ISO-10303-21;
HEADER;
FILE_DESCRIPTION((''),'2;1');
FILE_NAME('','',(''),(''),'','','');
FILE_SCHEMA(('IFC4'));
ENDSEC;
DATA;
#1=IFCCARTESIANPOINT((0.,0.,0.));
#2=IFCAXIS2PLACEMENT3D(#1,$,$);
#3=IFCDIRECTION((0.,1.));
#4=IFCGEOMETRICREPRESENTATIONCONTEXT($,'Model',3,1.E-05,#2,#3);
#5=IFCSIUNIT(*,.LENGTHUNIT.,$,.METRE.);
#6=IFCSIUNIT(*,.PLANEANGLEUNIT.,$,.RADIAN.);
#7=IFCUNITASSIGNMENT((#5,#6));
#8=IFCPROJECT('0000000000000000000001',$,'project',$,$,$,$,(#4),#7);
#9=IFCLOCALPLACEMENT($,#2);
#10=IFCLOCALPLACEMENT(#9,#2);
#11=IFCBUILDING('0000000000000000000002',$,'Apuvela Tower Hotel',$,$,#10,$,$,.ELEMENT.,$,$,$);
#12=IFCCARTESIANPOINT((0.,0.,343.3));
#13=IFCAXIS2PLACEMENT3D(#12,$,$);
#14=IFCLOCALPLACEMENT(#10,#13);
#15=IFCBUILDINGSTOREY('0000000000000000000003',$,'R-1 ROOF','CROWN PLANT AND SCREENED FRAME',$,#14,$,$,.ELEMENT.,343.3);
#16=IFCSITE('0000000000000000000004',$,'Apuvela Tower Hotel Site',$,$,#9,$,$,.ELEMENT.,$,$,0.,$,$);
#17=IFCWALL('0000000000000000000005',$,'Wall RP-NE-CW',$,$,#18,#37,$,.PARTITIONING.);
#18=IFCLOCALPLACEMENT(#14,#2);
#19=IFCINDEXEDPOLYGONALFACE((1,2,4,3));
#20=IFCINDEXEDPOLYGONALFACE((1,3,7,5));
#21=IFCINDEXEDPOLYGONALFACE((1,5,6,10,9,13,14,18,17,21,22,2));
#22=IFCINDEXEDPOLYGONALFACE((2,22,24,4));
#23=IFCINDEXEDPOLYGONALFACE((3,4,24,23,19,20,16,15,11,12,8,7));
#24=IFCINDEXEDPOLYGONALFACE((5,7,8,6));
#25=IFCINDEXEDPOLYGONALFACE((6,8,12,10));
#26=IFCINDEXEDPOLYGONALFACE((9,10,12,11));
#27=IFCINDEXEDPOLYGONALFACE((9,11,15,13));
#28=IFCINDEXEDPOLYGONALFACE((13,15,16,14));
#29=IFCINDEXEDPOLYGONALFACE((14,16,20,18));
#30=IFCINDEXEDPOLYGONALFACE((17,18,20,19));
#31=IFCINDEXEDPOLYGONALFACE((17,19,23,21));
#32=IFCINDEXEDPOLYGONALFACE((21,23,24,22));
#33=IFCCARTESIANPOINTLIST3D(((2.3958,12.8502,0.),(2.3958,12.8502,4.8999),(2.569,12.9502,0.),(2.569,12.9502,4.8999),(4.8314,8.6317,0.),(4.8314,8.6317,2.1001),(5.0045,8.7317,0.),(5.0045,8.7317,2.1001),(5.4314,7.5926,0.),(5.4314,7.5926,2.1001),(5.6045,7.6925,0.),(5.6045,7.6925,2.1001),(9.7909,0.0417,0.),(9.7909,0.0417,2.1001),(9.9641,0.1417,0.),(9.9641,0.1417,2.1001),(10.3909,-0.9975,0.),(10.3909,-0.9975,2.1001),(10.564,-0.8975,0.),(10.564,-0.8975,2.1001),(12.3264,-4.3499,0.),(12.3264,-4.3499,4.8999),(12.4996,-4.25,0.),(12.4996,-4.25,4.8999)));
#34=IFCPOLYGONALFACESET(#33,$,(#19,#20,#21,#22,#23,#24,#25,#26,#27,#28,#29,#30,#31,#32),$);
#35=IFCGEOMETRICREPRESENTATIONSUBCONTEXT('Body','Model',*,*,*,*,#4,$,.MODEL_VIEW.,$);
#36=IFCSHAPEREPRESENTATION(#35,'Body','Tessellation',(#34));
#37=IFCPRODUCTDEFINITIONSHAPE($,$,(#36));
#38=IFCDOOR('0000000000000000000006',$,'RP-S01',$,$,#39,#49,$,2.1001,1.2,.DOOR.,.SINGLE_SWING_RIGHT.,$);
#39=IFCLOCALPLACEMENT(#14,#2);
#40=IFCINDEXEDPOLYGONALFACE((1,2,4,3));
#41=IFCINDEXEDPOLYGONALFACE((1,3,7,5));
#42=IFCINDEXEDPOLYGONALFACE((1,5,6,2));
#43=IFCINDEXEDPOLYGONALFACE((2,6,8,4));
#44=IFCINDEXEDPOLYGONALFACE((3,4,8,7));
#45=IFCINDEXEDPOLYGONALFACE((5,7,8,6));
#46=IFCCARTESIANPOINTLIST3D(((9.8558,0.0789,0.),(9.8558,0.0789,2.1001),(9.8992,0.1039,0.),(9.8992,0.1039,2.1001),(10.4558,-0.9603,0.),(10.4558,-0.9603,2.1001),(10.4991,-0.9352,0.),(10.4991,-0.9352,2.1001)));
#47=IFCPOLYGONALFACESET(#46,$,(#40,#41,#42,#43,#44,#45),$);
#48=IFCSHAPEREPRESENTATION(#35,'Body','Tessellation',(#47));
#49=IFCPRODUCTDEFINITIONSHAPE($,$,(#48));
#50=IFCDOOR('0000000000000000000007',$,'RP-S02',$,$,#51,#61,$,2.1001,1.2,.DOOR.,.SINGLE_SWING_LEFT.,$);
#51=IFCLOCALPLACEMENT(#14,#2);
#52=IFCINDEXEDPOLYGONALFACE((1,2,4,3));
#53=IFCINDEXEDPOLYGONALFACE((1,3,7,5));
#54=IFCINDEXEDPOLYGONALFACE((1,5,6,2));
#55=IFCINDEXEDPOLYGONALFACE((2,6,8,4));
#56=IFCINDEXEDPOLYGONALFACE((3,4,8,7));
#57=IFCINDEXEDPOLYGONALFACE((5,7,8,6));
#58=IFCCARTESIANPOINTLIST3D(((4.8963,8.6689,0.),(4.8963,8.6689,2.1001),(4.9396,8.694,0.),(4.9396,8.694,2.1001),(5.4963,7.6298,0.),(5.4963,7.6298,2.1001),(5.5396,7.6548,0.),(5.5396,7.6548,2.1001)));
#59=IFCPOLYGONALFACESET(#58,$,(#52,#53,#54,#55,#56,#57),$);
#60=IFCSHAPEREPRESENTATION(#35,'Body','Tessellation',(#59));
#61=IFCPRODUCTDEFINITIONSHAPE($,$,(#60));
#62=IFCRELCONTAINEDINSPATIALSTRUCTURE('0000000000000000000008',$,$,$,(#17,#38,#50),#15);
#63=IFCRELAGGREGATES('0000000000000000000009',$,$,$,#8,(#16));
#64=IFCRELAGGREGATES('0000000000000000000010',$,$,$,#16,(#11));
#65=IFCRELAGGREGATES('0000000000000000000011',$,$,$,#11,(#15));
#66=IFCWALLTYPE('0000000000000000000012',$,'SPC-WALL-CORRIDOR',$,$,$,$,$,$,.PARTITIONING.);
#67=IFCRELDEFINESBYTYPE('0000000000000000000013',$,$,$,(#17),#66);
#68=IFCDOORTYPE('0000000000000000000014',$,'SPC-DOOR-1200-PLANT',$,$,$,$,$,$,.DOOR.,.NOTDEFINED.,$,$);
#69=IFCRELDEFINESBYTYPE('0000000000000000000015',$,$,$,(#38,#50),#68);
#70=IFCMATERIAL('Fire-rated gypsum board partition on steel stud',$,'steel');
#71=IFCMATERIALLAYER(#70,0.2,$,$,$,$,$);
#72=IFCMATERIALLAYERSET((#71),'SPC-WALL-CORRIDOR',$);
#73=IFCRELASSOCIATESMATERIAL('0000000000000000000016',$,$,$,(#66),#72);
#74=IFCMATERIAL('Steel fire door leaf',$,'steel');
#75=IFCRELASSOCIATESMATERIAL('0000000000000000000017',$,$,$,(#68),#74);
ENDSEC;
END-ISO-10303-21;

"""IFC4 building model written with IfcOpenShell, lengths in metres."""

from ifc_helpers import new_model, si_unit, direction, frame, frame_2d, origin, place, context, subcontext, project, spatial, rectangle, extrude, material, layer, layer_set, type_object, element, fill, save


model = new_model("IFC4")

# Units and contexts
model_context = context("Model", 3, precision=1e-05, world=origin(), true_north=direction((0.0, 1.0)))
body_context = subcontext(model_context, "Body", "Model", "MODEL_VIEW")
ifc_project = project(units=[si_unit("LENGTHUNIT", "METRE"), si_unit("PLANEANGLEUNIT", "RADIAN")], contexts=[model_context])

# Site, building, storey
site_placement = place(None, origin())
site = spatial("IfcSite", under=ifc_project, at=site_placement, Name="Apuvela Tower Hotel Site", CompositionType="ELEMENT", RefElevation=0.0)
building_placement = place(site_placement, origin())
building = spatial("IfcBuilding", under=site, at=building_placement, Name="Apuvela Tower Hotel", CompositionType="ELEMENT")
storey_placement = place(building_placement, frame((0.0, 0.0, 343.3)))
storey = spatial("IfcBuildingStorey", under=building, at=storey_placement, Name="R-1 ROOF", Description="CROWN PLANT AND SCREENED FRAME", CompositionType="ELEMENT", Elevation=343.3)

# Wall, openings, doors
ifc_material_1 = material(Name="Fire-rated gypsum board partition on steel stud", Category="steel")
ifc_layer_1 = layer(ifc_material_1, 0.2)
ifc_layer_set_1 = layer_set([ifc_layer_1], Name="SPC-WALL-CORRIDOR")
wall_type_1 = type_object("IfcWallType", Name="SPC-WALL-CORRIDOR", PredefinedType="PARTITIONING", material=ifc_layer_set_1)
wall_1_placement = place(storey_placement, frame((12.4131, -4.3, 0.0), z_axis=(0.0, 0.0, 1.0), x_axis=(-0.500005, 0.866023, 0.0)))
wall_1 = element("IfcWall", 1, at=wall_1_placement, inside=storey, type_object=wall_type_1, Name="Wall RP-NE-CW", PredefinedType="PARTITIONING", context=body_context, shape_type="SweptSolid", body=[
    extrude(rectangle(XDim=19.8611, YDim=0.2, at=frame_2d((9.9307, 0.0))), origin(), (0.0, 0.0, 1.0), 4.8999),
])
opening_1_placement = place(wall_1_placement, frame((3.8711, 0.0, 0.0)))
opening_1 = element("IfcOpeningElement", 2, at=opening_1_placement, cuts=wall_1, PredefinedType="OPENING", context=body_context, shape_type="SweptSolid", body=[
    extrude(rectangle(XDim=1.2, YDim=2.1001, at=frame_2d((0.6001, 1.05))), frame((0.0, 0.1099, 0.0), z_axis=(0.0, -1.0, 0.0), x_axis=(1.0, 0.0, 0.0)), (0.0, 0.0, 1.0), 0.22),
])
opening_2_placement = place(wall_1_placement, frame((13.79, 0.0, 0.0)))
opening_2 = element("IfcOpeningElement", 3, at=opening_2_placement, cuts=wall_1, PredefinedType="OPENING", context=body_context, shape_type="SweptSolid", body=[
    extrude(rectangle(XDim=1.2, YDim=2.1001, at=frame_2d((0.6001, 1.05))), frame((0.0, 0.1099, 0.0), z_axis=(0.0, -1.0, 0.0), x_axis=(1.0, 0.0, 0.0)), (0.0, 0.0, 1.0), 0.22),
])
ifc_material_2 = material(Name="Steel fire door leaf", Category="steel")
door_type_1 = type_object("IfcDoorType", Name="SPC-DOOR-1200-PLANT", OperationType="NOTDEFINED", PredefinedType="DOOR", material=ifc_material_2)
door_1_placement = place(opening_1_placement, frame((1.2, 0.0, 0.0), z_axis=(0.0, 0.0, 1.0), x_axis=(-1.0, 0.0, 0.0)))
door_1 = element("IfcDoor", 4, at=door_1_placement, inside=storey, type_object=door_type_1, Name="RP-S01", OperationType="SINGLE_SWING_RIGHT", OverallHeight=2.1001, OverallWidth=1.2, PredefinedType="DOOR", context=body_context, shape_type="SweptSolid", body=[
    extrude(rectangle(XDim=1.2, YDim=2.1001, at=frame_2d((0.6001, 1.05))), frame((0.0, 0.0249, 0.0), z_axis=(0.0, -1.0, 0.0), x_axis=(1.0, 0.0, 0.0)), (0.0, 0.0, 1.0), 0.05),
])
fill(opening_1, door_1)
door_2_placement = place(opening_2_placement, frame((1.2, 0.0, 0.0), z_axis=(0.0, 0.0, 1.0), x_axis=(-1.0, 0.0, 0.0)))
door_2 = element("IfcDoor", 5, at=door_2_placement, inside=storey, type_object=door_type_1, Name="RP-S02", OperationType="SINGLE_SWING_LEFT", OverallHeight=2.1001, OverallWidth=1.2, PredefinedType="DOOR", context=body_context, shape_type="SweptSolid", body=[
    extrude(rectangle(XDim=1.2, YDim=2.1001, at=frame_2d((0.6001, 1.05))), frame((0.0, 0.0249, 0.0), z_axis=(0.0, -1.0, 0.0), x_axis=(1.0, 0.0, 0.0)), (0.0, 0.0, 1.0), 0.05),
])
fill(opening_2, door_2)

save(model, "model.ifc")
